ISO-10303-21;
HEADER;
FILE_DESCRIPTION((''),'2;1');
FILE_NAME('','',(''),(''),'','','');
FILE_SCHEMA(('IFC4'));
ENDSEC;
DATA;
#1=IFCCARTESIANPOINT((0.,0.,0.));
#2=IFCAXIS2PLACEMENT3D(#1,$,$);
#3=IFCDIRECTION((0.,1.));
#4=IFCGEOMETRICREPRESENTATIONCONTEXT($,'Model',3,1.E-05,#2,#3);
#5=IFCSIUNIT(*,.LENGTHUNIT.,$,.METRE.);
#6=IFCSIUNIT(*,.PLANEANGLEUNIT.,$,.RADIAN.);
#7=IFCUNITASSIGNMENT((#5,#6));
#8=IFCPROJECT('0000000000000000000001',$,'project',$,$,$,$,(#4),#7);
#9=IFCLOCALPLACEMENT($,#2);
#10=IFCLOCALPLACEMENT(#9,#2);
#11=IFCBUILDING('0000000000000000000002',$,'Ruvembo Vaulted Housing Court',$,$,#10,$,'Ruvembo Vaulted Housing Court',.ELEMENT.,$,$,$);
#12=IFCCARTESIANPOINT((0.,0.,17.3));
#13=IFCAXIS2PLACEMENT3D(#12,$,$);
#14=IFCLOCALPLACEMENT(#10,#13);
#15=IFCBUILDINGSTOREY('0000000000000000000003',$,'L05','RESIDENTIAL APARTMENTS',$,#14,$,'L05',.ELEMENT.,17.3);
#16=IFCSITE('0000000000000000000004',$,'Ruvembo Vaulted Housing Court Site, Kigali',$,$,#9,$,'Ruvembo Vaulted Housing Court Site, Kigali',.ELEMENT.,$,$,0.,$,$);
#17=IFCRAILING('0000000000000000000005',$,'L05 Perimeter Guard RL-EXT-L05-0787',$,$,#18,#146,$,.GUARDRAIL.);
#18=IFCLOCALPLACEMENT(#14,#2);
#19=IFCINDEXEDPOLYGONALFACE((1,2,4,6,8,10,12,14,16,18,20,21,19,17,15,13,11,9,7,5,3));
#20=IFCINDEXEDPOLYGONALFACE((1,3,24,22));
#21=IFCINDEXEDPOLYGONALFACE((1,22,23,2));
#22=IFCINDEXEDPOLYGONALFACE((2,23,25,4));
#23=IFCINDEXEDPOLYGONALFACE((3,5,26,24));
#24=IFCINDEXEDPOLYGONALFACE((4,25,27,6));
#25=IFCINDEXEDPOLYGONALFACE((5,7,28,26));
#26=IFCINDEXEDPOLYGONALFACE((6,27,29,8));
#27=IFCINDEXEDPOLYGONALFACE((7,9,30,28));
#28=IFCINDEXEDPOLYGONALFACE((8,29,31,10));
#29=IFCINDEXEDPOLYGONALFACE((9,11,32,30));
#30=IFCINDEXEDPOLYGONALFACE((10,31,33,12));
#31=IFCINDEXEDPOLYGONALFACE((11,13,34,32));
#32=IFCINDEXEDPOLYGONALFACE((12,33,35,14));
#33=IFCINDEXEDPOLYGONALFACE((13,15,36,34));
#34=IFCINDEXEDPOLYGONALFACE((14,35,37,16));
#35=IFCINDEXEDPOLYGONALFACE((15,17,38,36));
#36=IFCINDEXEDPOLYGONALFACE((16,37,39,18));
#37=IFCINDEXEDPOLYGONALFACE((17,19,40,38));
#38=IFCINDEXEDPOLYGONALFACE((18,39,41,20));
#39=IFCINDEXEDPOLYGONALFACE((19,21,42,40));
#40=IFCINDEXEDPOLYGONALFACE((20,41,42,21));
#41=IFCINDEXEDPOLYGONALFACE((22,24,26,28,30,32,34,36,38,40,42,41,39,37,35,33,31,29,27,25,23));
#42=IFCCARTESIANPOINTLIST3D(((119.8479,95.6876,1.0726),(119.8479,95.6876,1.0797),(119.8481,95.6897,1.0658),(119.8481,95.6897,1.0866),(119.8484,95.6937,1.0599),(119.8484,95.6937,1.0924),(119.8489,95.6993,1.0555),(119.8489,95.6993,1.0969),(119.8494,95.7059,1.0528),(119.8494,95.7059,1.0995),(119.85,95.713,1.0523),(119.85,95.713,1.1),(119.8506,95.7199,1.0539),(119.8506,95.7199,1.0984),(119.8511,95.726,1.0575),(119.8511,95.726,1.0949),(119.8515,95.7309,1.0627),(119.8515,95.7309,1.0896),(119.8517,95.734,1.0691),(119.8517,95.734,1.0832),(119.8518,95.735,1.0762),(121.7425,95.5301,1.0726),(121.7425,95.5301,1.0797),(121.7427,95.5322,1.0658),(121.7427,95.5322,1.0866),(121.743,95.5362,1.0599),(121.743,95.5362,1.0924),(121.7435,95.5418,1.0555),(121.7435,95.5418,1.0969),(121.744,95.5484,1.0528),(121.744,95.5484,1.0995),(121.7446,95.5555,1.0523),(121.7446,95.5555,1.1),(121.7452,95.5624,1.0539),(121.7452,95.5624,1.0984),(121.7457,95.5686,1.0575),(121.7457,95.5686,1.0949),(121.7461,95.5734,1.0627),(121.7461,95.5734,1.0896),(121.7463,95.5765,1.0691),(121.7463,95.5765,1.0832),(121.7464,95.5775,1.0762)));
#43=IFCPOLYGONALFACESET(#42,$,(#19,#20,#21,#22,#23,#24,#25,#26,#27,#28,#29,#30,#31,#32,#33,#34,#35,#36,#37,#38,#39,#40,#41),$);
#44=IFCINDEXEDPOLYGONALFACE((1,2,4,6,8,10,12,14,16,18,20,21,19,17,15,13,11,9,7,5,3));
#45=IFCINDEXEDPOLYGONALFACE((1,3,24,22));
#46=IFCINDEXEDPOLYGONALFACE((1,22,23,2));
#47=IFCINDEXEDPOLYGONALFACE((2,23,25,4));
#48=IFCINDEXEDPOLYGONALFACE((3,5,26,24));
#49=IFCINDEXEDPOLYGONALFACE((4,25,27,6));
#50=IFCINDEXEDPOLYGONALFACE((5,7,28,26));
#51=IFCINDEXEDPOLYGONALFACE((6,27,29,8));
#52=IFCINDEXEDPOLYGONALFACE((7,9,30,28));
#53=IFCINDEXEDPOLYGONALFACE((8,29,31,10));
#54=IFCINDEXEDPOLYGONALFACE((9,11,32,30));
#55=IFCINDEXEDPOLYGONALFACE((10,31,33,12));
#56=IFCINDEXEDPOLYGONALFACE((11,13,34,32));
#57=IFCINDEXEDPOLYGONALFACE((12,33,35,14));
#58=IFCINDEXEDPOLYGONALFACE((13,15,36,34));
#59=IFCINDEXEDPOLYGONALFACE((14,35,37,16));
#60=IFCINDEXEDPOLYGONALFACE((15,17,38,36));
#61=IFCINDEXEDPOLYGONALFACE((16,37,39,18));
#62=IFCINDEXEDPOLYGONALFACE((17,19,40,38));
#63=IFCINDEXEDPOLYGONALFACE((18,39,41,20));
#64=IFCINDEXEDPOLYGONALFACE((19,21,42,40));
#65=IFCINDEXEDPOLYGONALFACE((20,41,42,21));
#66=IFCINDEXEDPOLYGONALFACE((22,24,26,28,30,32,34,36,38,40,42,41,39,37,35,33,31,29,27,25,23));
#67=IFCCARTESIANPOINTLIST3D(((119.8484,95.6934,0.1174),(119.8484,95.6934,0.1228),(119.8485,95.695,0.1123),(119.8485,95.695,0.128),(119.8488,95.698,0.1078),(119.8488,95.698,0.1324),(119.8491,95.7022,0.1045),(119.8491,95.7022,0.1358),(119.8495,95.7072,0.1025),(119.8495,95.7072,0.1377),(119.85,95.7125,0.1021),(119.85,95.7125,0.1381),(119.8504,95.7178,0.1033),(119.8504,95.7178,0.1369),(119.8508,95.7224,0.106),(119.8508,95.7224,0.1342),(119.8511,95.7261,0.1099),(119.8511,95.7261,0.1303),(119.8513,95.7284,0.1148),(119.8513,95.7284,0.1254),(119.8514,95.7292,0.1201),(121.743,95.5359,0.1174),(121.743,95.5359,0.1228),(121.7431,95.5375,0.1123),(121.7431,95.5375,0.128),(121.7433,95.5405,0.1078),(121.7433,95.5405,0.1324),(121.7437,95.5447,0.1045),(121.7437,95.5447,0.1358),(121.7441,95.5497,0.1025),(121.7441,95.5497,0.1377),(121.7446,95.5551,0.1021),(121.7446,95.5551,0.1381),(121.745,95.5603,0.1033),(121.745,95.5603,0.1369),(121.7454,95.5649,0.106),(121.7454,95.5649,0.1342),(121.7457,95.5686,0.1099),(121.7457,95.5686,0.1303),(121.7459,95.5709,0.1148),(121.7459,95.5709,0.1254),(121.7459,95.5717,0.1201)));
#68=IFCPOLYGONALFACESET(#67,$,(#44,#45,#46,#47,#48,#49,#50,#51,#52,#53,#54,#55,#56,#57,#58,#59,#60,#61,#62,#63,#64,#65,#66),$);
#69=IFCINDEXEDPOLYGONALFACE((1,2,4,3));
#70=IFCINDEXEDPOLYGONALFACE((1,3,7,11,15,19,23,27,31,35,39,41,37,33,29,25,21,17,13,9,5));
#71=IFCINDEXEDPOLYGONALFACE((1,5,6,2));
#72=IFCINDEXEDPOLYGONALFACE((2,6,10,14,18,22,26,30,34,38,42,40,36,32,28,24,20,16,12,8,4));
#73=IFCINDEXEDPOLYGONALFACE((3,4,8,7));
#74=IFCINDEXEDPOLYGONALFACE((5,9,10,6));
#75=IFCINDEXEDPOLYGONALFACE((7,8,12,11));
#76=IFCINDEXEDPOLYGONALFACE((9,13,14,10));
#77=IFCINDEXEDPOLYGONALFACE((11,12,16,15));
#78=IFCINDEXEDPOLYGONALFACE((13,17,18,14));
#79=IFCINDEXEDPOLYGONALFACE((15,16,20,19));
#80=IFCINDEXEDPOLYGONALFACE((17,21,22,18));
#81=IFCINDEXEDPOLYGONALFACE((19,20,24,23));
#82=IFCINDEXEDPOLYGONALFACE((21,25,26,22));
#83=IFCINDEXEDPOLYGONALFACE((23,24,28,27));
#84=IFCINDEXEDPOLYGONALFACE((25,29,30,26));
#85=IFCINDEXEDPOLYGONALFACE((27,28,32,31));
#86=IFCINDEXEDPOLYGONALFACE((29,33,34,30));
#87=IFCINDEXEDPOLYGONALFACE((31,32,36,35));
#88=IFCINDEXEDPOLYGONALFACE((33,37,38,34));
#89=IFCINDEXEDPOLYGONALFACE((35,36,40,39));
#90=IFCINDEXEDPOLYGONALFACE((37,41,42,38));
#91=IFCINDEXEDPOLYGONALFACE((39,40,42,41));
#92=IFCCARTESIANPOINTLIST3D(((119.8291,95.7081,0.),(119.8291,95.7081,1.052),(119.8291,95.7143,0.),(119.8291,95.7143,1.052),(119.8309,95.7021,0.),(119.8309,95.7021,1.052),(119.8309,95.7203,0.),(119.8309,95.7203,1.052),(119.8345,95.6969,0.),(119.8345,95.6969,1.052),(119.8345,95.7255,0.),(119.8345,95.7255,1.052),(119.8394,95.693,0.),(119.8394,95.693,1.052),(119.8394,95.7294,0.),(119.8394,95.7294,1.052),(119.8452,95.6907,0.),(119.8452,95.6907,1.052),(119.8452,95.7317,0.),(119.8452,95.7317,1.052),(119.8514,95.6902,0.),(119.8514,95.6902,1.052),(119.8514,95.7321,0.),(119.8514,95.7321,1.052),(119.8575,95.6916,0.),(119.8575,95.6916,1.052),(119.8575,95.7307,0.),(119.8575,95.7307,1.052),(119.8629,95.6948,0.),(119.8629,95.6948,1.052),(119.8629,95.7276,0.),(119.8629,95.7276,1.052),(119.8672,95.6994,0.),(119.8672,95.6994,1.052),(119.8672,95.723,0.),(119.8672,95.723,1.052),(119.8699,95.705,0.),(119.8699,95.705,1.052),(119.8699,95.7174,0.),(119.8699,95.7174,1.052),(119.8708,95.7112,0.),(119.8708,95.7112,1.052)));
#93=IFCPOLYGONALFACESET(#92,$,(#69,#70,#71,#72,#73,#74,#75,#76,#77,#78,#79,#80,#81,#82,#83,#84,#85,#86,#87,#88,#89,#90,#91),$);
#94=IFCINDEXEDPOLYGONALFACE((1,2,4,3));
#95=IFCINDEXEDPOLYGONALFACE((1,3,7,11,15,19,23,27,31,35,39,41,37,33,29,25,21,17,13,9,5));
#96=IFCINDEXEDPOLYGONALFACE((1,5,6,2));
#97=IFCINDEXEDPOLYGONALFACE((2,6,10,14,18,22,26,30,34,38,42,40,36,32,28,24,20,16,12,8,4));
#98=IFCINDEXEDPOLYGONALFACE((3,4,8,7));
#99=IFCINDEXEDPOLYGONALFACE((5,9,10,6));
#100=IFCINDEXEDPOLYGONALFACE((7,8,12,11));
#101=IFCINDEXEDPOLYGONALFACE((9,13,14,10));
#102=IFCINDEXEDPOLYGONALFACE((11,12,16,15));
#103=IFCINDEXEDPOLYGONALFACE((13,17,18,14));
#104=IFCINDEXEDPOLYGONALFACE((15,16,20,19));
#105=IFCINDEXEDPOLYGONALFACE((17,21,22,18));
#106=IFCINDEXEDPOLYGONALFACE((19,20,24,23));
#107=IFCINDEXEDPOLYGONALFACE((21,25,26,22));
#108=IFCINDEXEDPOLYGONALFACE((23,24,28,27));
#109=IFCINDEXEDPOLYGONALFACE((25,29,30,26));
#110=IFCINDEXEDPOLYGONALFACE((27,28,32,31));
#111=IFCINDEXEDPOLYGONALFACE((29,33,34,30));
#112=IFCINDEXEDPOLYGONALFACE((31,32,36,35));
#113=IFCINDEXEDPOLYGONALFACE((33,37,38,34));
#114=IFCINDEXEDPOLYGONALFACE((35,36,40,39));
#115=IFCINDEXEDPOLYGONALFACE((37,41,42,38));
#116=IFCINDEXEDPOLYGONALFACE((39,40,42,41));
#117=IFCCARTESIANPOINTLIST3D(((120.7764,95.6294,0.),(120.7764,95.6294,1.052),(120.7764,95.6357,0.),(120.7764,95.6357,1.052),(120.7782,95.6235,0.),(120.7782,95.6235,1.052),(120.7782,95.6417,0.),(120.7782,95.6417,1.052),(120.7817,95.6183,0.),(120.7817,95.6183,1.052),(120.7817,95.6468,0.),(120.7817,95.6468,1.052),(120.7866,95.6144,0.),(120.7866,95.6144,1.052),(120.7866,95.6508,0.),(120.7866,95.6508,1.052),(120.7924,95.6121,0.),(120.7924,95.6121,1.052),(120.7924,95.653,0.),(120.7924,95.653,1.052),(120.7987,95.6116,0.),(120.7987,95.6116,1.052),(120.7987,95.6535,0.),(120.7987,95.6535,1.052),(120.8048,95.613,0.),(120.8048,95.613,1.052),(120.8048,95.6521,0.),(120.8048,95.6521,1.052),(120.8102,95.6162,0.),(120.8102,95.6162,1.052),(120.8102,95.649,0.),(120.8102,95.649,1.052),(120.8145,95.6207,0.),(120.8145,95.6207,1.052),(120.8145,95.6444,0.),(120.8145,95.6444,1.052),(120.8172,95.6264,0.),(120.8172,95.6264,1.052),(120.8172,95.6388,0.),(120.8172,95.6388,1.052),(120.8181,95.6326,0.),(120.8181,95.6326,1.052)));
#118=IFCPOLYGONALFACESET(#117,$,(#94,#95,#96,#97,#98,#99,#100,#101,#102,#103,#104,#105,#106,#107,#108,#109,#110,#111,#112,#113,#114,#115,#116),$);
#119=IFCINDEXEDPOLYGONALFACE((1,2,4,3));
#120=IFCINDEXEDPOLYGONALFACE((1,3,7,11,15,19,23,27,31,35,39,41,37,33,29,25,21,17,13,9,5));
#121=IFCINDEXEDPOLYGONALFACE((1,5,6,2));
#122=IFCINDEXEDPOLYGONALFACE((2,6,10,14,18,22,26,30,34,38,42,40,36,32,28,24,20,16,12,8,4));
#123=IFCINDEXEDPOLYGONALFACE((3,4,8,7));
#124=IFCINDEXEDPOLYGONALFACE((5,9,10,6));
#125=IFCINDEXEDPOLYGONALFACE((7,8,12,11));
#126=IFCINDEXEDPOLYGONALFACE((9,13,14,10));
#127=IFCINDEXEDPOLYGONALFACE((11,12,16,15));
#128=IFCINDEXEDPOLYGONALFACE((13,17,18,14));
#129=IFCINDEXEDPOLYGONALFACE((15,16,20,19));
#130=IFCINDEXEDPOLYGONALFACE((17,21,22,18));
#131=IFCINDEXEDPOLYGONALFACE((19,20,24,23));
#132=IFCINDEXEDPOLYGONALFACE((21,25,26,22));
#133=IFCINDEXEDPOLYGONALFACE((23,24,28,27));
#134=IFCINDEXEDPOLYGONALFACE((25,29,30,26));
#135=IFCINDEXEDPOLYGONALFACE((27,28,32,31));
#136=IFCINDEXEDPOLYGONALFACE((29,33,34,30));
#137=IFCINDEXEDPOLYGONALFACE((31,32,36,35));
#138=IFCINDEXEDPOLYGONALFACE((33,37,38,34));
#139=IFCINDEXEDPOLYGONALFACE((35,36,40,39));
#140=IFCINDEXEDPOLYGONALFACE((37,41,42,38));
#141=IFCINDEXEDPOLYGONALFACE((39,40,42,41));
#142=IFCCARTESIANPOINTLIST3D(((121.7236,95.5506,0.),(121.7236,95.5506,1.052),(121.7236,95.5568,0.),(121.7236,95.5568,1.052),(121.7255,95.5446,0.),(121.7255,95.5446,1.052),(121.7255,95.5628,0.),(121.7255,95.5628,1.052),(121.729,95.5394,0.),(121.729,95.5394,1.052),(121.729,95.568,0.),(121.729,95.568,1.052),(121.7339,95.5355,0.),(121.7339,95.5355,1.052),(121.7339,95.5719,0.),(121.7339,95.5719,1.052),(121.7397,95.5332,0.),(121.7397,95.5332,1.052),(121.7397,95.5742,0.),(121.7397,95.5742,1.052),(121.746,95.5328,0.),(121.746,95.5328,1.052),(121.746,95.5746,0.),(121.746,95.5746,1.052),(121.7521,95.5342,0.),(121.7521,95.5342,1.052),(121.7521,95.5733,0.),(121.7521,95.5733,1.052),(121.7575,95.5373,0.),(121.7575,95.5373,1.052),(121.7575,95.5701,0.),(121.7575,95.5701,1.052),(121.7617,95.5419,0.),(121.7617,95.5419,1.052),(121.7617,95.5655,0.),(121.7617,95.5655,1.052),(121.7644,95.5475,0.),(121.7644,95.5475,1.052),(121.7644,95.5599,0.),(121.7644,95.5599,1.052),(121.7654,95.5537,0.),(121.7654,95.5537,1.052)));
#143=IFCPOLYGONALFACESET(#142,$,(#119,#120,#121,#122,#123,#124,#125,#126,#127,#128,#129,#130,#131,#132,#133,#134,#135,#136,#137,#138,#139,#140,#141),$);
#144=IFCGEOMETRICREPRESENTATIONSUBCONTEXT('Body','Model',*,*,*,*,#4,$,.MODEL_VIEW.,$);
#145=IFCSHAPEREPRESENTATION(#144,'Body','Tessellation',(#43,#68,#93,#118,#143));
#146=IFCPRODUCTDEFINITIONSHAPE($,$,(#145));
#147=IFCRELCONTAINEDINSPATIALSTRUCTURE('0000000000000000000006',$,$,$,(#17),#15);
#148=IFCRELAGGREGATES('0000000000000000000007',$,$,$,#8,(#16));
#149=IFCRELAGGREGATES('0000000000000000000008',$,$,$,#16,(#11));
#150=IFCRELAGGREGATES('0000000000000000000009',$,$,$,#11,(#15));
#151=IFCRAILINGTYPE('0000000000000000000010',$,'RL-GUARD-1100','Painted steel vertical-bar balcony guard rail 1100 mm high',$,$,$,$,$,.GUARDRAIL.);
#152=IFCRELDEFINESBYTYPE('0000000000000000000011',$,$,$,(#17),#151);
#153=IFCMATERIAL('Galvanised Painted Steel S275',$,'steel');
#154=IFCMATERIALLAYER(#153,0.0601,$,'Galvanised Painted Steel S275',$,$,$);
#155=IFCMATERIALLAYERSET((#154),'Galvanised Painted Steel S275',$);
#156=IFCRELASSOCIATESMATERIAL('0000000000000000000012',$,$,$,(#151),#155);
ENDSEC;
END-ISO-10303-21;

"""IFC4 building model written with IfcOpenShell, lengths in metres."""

from ifc_helpers import new_model, si_unit, direction, frame, origin, origin_2d, place, context, subcontext, project, spatial, circle, extrude, material, layer, layer_set, type_object, element, save


model = new_model("IFC4")

# Units and contexts
model_context = context("Model", 3, precision=1e-05, world=origin(), true_north=direction((0.0, 1.0)))
body_context = subcontext(model_context, "Body", "Model", "MODEL_VIEW")
ifc_project = project(units=[si_unit("LENGTHUNIT", "METRE"), si_unit("PLANEANGLEUNIT", "RADIAN")], contexts=[model_context])

# Site, building, storey
site_placement = place(None, origin())
site = spatial("IfcSite", under=ifc_project, at=site_placement, Name="Ruvembo Vaulted Housing Court Site, Kigali", LongName="Ruvembo Vaulted Housing Court Site, Kigali", CompositionType="ELEMENT", RefElevation=0.0)
building_placement = place(site_placement, origin())
building = spatial("IfcBuilding", under=site, at=building_placement, Name="Ruvembo Vaulted Housing Court", LongName="Ruvembo Vaulted Housing Court", CompositionType="ELEMENT")
storey_placement = place(building_placement, frame((0.0, 0.0, 17.3)))
storey = spatial("IfcBuildingStorey", under=building, at=storey_placement, Name="L05", Description="RESIDENTIAL APARTMENTS", LongName="L05", CompositionType="ELEMENT", Elevation=17.3)

# Railing
ifc_material_1 = material(Name="Galvanised Painted Steel S275", Category="steel")
ifc_layer = layer(ifc_material_1, 0.0601, Name="Galvanised Painted Steel S275")
ifc_layer_set = layer_set([ifc_layer], Name="Galvanised Painted Steel S275")
railing_type = type_object("IfcRailingType", Name="RL-GUARD-1100", Description="Painted steel vertical-bar balcony guard rail 1100 mm high", PredefinedType="GUARDRAIL", material=ifc_layer_set)
railing_1_placement = place(storey_placement, frame((119.8499, 95.7112, 0.0)))
element("IfcRailing", 1, at=railing_1_placement, inside=storey, type_object=railing_type, Name="L05 Perimeter Guard RL-EXT-L05-0787", PredefinedType="GUARDRAIL", context=body_context, shape_type="SweptSolid", body=[
    extrude(circle(Radius=0.0239, at=origin_2d()), frame((0.0, 0.0, 1.0762), z_axis=(0.996563, -0.082833, 0.0), x_axis=(0.082833, 0.996563, 0.0)), (0.0, 0.0, 1.0), 1.9011),
    extrude(circle(Radius=0.0181, at=origin_2d()), frame((0.0, 0.0, 0.1201), z_axis=(0.996563, -0.082833, 0.0), x_axis=(0.082833, 0.996563, 0.0)), (0.0, 0.0, 1.0), 1.9011),
    extrude(circle(Radius=0.021, at=origin_2d()), origin(), (0.0, 0.0, 1.0), 1.052),
    extrude(circle(Radius=0.021, at=origin_2d()), frame((0.9473, -0.0786, 0.0)), (0.0, 0.0, 1.0), 1.052),
    extrude(circle(Radius=0.021, at=origin_2d()), frame((1.8945, -0.1575, 0.0)), (0.0, 0.0, 1.0), 1.052),
])

save(model, "model.ifc")
